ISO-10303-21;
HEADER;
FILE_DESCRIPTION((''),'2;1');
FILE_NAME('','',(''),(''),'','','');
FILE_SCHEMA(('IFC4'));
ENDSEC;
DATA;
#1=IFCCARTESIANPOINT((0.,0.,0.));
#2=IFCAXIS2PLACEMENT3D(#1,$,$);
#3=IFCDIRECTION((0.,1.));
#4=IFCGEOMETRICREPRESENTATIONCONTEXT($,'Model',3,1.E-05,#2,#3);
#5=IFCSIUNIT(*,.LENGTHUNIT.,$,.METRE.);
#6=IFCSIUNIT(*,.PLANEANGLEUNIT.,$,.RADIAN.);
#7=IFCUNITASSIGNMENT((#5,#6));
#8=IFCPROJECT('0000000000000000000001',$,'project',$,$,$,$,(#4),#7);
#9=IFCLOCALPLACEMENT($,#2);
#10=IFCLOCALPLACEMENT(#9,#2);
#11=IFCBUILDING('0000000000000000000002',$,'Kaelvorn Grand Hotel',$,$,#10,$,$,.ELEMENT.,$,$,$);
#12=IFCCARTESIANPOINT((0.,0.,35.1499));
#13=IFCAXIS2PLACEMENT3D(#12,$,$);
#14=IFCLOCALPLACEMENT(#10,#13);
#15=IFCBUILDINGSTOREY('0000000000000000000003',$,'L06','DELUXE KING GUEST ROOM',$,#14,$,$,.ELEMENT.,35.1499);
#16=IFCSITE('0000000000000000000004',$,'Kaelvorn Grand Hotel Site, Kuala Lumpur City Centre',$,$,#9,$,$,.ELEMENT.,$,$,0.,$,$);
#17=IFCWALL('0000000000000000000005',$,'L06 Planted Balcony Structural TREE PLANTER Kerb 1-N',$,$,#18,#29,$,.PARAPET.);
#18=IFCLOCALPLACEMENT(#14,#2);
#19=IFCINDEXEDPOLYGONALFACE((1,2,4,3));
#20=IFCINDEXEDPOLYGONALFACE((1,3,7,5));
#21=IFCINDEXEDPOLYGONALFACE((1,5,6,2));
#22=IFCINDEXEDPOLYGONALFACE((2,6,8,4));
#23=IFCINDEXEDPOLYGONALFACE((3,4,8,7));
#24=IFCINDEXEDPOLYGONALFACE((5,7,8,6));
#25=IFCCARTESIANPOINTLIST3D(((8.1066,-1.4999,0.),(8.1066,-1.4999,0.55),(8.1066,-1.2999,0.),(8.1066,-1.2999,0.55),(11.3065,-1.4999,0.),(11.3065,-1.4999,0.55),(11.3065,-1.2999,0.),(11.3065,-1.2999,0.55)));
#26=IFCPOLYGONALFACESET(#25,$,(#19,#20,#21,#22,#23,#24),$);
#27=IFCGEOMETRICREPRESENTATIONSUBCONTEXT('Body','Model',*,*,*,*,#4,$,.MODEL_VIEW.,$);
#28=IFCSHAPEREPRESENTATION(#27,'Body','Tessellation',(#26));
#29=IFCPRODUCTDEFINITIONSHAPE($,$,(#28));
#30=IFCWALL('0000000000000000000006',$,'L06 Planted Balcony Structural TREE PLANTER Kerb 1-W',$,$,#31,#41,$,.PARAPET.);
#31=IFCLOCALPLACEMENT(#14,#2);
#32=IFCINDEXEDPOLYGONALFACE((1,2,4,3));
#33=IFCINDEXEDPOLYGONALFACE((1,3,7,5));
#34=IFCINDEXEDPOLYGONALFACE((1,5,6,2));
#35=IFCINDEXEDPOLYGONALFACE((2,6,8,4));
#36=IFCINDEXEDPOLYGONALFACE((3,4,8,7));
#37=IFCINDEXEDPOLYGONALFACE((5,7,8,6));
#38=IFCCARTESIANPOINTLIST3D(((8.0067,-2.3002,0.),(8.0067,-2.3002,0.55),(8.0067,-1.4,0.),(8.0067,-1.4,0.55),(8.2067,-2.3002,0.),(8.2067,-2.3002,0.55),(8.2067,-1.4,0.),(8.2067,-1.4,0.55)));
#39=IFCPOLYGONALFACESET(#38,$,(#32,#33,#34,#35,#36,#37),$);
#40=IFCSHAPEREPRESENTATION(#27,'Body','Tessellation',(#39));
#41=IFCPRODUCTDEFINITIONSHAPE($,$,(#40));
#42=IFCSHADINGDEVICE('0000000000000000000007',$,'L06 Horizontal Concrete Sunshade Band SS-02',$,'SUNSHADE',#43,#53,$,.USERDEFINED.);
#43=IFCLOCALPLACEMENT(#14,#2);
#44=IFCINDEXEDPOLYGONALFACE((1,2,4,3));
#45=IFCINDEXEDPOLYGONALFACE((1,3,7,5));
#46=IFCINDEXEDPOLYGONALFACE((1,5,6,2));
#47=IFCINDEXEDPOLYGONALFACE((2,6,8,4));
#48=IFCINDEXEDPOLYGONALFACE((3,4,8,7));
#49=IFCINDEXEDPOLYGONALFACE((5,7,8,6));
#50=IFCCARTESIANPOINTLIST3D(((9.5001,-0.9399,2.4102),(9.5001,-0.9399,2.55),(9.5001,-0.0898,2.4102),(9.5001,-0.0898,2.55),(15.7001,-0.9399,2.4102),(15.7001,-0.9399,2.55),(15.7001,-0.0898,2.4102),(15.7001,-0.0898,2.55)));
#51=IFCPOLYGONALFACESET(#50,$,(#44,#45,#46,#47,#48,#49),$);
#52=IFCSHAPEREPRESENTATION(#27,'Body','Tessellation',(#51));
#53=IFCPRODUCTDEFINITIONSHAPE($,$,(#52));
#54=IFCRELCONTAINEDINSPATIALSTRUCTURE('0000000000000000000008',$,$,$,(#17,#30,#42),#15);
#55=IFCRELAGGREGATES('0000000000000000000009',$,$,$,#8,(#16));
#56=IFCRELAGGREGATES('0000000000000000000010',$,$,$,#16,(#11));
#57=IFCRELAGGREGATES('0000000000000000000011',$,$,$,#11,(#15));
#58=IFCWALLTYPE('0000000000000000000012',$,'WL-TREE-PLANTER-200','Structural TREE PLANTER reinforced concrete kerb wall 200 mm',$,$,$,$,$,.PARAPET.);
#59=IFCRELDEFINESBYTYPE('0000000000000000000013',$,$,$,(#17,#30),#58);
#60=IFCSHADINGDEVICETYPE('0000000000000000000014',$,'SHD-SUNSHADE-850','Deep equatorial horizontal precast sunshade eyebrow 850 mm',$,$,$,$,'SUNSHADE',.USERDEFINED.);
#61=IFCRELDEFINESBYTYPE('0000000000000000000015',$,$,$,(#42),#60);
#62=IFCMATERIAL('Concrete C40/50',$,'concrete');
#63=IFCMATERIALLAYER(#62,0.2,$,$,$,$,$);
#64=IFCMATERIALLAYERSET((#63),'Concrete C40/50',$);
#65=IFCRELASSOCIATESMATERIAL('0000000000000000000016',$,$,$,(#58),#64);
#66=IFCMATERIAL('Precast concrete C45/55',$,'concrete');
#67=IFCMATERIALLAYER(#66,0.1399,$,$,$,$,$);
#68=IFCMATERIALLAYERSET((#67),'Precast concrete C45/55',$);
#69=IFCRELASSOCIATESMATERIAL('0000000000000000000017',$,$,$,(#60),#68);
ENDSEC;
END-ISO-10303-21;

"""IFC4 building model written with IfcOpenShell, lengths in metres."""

from ifc_helpers import new_model, si_unit, direction, frame, frame_2d, origin, origin_2d, place, context, subcontext, project, spatial, rectangle, extrude, material, layer, layer_set, type_object, element, save


model = new_model("IFC4")

# Units and contexts
model_context = context("Model", 3, precision=1e-05, world=origin(), true_north=direction((0.0, 1.0)))
body_context = subcontext(model_context, "Body", "Model", "MODEL_VIEW")
ifc_project = project(units=[si_unit("LENGTHUNIT", "METRE"), si_unit("PLANEANGLEUNIT", "RADIAN")], contexts=[model_context])

# Site, building, storey
site_placement = place(None, origin())
site = spatial("IfcSite", under=ifc_project, at=site_placement, Name="Kaelvorn Grand Hotel Site, Kuala Lumpur City Centre", CompositionType="ELEMENT", RefElevation=0.0)
building_placement = place(site_placement, origin())
building = spatial("IfcBuilding", under=site, at=building_placement, Name="Kaelvorn Grand Hotel", CompositionType="ELEMENT")
storey_placement = place(building_placement, frame((0.0, 0.0, 35.1499)))
storey = spatial("IfcBuildingStorey", under=building, at=storey_placement, Name="L06", Description="DELUXE KING GUEST ROOM", CompositionType="ELEMENT", Elevation=35.1499)

# Shared definitions
ifc_material_1 = material(Name="Concrete C40/50", Category="concrete")

# Walls
ifc_layer_1 = layer(ifc_material_1, 0.2)
ifc_layer_set_1 = layer_set([ifc_layer_1], Name="Concrete C40/50")
wall_type_1 = type_object("IfcWallType", Name="WL-TREE-PLANTER-200", Description="Structural TREE PLANTER reinforced concrete kerb wall 200 mm", PredefinedType="PARAPET", material=ifc_layer_set_1)
wall_1_placement = place(storey_placement, frame((11.3066, -1.3999, 0.0), z_axis=(0.0, 0.0, 1.0), x_axis=(-1.0, 0.0, 0.0)))
element("IfcWall", 1, at=wall_1_placement, inside=storey, type_object=wall_type_1, Name="L06 Planted Balcony Structural TREE PLANTER Kerb 1-N", PredefinedType="PARAPET", context=body_context, shape_type="SweptSolid", body=[
    extrude(rectangle(XDim=3.2, YDim=0.2, at=frame_2d((1.6001, 0.0))), origin(), (0.0, 0.0, 1.0), 0.55),
])
wall_2_placement = place(storey_placement, frame((8.1067, -1.3999, 0.0), z_axis=(0.0, 0.0, 1.0), x_axis=(0.0, -1.0, 0.0)))
element("IfcWall", 2, at=wall_2_placement, inside=storey, type_object=wall_type_1, Name="L06 Planted Balcony Structural TREE PLANTER Kerb 1-W", PredefinedType="PARAPET", context=body_context, shape_type="SweptSolid", body=[
    extrude(rectangle(XDim=0.9001, YDim=0.2, at=frame_2d((0.4502, 0.0))), origin(), (0.0, 0.0, 1.0), 0.55),
])

# Shading device
ifc_material_2 = material(Name="Precast concrete C45/55", Category="concrete")
ifc_layer_2 = layer(ifc_material_2, 0.1399)
ifc_layer_set_2 = layer_set([ifc_layer_2], Name="Precast concrete C45/55")
shading_device_type = type_object("IfcShadingDeviceType", Name="SHD-SUNSHADE-850", Description="Deep equatorial horizontal precast sunshade eyebrow 850 mm", ElementType="SUNSHADE", PredefinedType="USERDEFINED", material=ifc_layer_set_2)
shading_device_placement = place(storey_placement, frame((12.6001, -0.5149, 2.4102), z_axis=(0.0, 0.0, 1.0), x_axis=(1.0, 0.0, 0.0)))
element("IfcShadingDevice", 3, at=shading_device_placement, inside=storey, type_object=shading_device_type, Name="L06 Horizontal Concrete Sunshade Band SS-02", ObjectType="SUNSHADE", PredefinedType="USERDEFINED", context=body_context, shape_type="SweptSolid", body=[
    extrude(rectangle(XDim=6.2, YDim=0.8501, at=origin_2d()), origin(), (0.0, 0.0, 1.0), 0.1399),
])

save(model, "model.ifc")
